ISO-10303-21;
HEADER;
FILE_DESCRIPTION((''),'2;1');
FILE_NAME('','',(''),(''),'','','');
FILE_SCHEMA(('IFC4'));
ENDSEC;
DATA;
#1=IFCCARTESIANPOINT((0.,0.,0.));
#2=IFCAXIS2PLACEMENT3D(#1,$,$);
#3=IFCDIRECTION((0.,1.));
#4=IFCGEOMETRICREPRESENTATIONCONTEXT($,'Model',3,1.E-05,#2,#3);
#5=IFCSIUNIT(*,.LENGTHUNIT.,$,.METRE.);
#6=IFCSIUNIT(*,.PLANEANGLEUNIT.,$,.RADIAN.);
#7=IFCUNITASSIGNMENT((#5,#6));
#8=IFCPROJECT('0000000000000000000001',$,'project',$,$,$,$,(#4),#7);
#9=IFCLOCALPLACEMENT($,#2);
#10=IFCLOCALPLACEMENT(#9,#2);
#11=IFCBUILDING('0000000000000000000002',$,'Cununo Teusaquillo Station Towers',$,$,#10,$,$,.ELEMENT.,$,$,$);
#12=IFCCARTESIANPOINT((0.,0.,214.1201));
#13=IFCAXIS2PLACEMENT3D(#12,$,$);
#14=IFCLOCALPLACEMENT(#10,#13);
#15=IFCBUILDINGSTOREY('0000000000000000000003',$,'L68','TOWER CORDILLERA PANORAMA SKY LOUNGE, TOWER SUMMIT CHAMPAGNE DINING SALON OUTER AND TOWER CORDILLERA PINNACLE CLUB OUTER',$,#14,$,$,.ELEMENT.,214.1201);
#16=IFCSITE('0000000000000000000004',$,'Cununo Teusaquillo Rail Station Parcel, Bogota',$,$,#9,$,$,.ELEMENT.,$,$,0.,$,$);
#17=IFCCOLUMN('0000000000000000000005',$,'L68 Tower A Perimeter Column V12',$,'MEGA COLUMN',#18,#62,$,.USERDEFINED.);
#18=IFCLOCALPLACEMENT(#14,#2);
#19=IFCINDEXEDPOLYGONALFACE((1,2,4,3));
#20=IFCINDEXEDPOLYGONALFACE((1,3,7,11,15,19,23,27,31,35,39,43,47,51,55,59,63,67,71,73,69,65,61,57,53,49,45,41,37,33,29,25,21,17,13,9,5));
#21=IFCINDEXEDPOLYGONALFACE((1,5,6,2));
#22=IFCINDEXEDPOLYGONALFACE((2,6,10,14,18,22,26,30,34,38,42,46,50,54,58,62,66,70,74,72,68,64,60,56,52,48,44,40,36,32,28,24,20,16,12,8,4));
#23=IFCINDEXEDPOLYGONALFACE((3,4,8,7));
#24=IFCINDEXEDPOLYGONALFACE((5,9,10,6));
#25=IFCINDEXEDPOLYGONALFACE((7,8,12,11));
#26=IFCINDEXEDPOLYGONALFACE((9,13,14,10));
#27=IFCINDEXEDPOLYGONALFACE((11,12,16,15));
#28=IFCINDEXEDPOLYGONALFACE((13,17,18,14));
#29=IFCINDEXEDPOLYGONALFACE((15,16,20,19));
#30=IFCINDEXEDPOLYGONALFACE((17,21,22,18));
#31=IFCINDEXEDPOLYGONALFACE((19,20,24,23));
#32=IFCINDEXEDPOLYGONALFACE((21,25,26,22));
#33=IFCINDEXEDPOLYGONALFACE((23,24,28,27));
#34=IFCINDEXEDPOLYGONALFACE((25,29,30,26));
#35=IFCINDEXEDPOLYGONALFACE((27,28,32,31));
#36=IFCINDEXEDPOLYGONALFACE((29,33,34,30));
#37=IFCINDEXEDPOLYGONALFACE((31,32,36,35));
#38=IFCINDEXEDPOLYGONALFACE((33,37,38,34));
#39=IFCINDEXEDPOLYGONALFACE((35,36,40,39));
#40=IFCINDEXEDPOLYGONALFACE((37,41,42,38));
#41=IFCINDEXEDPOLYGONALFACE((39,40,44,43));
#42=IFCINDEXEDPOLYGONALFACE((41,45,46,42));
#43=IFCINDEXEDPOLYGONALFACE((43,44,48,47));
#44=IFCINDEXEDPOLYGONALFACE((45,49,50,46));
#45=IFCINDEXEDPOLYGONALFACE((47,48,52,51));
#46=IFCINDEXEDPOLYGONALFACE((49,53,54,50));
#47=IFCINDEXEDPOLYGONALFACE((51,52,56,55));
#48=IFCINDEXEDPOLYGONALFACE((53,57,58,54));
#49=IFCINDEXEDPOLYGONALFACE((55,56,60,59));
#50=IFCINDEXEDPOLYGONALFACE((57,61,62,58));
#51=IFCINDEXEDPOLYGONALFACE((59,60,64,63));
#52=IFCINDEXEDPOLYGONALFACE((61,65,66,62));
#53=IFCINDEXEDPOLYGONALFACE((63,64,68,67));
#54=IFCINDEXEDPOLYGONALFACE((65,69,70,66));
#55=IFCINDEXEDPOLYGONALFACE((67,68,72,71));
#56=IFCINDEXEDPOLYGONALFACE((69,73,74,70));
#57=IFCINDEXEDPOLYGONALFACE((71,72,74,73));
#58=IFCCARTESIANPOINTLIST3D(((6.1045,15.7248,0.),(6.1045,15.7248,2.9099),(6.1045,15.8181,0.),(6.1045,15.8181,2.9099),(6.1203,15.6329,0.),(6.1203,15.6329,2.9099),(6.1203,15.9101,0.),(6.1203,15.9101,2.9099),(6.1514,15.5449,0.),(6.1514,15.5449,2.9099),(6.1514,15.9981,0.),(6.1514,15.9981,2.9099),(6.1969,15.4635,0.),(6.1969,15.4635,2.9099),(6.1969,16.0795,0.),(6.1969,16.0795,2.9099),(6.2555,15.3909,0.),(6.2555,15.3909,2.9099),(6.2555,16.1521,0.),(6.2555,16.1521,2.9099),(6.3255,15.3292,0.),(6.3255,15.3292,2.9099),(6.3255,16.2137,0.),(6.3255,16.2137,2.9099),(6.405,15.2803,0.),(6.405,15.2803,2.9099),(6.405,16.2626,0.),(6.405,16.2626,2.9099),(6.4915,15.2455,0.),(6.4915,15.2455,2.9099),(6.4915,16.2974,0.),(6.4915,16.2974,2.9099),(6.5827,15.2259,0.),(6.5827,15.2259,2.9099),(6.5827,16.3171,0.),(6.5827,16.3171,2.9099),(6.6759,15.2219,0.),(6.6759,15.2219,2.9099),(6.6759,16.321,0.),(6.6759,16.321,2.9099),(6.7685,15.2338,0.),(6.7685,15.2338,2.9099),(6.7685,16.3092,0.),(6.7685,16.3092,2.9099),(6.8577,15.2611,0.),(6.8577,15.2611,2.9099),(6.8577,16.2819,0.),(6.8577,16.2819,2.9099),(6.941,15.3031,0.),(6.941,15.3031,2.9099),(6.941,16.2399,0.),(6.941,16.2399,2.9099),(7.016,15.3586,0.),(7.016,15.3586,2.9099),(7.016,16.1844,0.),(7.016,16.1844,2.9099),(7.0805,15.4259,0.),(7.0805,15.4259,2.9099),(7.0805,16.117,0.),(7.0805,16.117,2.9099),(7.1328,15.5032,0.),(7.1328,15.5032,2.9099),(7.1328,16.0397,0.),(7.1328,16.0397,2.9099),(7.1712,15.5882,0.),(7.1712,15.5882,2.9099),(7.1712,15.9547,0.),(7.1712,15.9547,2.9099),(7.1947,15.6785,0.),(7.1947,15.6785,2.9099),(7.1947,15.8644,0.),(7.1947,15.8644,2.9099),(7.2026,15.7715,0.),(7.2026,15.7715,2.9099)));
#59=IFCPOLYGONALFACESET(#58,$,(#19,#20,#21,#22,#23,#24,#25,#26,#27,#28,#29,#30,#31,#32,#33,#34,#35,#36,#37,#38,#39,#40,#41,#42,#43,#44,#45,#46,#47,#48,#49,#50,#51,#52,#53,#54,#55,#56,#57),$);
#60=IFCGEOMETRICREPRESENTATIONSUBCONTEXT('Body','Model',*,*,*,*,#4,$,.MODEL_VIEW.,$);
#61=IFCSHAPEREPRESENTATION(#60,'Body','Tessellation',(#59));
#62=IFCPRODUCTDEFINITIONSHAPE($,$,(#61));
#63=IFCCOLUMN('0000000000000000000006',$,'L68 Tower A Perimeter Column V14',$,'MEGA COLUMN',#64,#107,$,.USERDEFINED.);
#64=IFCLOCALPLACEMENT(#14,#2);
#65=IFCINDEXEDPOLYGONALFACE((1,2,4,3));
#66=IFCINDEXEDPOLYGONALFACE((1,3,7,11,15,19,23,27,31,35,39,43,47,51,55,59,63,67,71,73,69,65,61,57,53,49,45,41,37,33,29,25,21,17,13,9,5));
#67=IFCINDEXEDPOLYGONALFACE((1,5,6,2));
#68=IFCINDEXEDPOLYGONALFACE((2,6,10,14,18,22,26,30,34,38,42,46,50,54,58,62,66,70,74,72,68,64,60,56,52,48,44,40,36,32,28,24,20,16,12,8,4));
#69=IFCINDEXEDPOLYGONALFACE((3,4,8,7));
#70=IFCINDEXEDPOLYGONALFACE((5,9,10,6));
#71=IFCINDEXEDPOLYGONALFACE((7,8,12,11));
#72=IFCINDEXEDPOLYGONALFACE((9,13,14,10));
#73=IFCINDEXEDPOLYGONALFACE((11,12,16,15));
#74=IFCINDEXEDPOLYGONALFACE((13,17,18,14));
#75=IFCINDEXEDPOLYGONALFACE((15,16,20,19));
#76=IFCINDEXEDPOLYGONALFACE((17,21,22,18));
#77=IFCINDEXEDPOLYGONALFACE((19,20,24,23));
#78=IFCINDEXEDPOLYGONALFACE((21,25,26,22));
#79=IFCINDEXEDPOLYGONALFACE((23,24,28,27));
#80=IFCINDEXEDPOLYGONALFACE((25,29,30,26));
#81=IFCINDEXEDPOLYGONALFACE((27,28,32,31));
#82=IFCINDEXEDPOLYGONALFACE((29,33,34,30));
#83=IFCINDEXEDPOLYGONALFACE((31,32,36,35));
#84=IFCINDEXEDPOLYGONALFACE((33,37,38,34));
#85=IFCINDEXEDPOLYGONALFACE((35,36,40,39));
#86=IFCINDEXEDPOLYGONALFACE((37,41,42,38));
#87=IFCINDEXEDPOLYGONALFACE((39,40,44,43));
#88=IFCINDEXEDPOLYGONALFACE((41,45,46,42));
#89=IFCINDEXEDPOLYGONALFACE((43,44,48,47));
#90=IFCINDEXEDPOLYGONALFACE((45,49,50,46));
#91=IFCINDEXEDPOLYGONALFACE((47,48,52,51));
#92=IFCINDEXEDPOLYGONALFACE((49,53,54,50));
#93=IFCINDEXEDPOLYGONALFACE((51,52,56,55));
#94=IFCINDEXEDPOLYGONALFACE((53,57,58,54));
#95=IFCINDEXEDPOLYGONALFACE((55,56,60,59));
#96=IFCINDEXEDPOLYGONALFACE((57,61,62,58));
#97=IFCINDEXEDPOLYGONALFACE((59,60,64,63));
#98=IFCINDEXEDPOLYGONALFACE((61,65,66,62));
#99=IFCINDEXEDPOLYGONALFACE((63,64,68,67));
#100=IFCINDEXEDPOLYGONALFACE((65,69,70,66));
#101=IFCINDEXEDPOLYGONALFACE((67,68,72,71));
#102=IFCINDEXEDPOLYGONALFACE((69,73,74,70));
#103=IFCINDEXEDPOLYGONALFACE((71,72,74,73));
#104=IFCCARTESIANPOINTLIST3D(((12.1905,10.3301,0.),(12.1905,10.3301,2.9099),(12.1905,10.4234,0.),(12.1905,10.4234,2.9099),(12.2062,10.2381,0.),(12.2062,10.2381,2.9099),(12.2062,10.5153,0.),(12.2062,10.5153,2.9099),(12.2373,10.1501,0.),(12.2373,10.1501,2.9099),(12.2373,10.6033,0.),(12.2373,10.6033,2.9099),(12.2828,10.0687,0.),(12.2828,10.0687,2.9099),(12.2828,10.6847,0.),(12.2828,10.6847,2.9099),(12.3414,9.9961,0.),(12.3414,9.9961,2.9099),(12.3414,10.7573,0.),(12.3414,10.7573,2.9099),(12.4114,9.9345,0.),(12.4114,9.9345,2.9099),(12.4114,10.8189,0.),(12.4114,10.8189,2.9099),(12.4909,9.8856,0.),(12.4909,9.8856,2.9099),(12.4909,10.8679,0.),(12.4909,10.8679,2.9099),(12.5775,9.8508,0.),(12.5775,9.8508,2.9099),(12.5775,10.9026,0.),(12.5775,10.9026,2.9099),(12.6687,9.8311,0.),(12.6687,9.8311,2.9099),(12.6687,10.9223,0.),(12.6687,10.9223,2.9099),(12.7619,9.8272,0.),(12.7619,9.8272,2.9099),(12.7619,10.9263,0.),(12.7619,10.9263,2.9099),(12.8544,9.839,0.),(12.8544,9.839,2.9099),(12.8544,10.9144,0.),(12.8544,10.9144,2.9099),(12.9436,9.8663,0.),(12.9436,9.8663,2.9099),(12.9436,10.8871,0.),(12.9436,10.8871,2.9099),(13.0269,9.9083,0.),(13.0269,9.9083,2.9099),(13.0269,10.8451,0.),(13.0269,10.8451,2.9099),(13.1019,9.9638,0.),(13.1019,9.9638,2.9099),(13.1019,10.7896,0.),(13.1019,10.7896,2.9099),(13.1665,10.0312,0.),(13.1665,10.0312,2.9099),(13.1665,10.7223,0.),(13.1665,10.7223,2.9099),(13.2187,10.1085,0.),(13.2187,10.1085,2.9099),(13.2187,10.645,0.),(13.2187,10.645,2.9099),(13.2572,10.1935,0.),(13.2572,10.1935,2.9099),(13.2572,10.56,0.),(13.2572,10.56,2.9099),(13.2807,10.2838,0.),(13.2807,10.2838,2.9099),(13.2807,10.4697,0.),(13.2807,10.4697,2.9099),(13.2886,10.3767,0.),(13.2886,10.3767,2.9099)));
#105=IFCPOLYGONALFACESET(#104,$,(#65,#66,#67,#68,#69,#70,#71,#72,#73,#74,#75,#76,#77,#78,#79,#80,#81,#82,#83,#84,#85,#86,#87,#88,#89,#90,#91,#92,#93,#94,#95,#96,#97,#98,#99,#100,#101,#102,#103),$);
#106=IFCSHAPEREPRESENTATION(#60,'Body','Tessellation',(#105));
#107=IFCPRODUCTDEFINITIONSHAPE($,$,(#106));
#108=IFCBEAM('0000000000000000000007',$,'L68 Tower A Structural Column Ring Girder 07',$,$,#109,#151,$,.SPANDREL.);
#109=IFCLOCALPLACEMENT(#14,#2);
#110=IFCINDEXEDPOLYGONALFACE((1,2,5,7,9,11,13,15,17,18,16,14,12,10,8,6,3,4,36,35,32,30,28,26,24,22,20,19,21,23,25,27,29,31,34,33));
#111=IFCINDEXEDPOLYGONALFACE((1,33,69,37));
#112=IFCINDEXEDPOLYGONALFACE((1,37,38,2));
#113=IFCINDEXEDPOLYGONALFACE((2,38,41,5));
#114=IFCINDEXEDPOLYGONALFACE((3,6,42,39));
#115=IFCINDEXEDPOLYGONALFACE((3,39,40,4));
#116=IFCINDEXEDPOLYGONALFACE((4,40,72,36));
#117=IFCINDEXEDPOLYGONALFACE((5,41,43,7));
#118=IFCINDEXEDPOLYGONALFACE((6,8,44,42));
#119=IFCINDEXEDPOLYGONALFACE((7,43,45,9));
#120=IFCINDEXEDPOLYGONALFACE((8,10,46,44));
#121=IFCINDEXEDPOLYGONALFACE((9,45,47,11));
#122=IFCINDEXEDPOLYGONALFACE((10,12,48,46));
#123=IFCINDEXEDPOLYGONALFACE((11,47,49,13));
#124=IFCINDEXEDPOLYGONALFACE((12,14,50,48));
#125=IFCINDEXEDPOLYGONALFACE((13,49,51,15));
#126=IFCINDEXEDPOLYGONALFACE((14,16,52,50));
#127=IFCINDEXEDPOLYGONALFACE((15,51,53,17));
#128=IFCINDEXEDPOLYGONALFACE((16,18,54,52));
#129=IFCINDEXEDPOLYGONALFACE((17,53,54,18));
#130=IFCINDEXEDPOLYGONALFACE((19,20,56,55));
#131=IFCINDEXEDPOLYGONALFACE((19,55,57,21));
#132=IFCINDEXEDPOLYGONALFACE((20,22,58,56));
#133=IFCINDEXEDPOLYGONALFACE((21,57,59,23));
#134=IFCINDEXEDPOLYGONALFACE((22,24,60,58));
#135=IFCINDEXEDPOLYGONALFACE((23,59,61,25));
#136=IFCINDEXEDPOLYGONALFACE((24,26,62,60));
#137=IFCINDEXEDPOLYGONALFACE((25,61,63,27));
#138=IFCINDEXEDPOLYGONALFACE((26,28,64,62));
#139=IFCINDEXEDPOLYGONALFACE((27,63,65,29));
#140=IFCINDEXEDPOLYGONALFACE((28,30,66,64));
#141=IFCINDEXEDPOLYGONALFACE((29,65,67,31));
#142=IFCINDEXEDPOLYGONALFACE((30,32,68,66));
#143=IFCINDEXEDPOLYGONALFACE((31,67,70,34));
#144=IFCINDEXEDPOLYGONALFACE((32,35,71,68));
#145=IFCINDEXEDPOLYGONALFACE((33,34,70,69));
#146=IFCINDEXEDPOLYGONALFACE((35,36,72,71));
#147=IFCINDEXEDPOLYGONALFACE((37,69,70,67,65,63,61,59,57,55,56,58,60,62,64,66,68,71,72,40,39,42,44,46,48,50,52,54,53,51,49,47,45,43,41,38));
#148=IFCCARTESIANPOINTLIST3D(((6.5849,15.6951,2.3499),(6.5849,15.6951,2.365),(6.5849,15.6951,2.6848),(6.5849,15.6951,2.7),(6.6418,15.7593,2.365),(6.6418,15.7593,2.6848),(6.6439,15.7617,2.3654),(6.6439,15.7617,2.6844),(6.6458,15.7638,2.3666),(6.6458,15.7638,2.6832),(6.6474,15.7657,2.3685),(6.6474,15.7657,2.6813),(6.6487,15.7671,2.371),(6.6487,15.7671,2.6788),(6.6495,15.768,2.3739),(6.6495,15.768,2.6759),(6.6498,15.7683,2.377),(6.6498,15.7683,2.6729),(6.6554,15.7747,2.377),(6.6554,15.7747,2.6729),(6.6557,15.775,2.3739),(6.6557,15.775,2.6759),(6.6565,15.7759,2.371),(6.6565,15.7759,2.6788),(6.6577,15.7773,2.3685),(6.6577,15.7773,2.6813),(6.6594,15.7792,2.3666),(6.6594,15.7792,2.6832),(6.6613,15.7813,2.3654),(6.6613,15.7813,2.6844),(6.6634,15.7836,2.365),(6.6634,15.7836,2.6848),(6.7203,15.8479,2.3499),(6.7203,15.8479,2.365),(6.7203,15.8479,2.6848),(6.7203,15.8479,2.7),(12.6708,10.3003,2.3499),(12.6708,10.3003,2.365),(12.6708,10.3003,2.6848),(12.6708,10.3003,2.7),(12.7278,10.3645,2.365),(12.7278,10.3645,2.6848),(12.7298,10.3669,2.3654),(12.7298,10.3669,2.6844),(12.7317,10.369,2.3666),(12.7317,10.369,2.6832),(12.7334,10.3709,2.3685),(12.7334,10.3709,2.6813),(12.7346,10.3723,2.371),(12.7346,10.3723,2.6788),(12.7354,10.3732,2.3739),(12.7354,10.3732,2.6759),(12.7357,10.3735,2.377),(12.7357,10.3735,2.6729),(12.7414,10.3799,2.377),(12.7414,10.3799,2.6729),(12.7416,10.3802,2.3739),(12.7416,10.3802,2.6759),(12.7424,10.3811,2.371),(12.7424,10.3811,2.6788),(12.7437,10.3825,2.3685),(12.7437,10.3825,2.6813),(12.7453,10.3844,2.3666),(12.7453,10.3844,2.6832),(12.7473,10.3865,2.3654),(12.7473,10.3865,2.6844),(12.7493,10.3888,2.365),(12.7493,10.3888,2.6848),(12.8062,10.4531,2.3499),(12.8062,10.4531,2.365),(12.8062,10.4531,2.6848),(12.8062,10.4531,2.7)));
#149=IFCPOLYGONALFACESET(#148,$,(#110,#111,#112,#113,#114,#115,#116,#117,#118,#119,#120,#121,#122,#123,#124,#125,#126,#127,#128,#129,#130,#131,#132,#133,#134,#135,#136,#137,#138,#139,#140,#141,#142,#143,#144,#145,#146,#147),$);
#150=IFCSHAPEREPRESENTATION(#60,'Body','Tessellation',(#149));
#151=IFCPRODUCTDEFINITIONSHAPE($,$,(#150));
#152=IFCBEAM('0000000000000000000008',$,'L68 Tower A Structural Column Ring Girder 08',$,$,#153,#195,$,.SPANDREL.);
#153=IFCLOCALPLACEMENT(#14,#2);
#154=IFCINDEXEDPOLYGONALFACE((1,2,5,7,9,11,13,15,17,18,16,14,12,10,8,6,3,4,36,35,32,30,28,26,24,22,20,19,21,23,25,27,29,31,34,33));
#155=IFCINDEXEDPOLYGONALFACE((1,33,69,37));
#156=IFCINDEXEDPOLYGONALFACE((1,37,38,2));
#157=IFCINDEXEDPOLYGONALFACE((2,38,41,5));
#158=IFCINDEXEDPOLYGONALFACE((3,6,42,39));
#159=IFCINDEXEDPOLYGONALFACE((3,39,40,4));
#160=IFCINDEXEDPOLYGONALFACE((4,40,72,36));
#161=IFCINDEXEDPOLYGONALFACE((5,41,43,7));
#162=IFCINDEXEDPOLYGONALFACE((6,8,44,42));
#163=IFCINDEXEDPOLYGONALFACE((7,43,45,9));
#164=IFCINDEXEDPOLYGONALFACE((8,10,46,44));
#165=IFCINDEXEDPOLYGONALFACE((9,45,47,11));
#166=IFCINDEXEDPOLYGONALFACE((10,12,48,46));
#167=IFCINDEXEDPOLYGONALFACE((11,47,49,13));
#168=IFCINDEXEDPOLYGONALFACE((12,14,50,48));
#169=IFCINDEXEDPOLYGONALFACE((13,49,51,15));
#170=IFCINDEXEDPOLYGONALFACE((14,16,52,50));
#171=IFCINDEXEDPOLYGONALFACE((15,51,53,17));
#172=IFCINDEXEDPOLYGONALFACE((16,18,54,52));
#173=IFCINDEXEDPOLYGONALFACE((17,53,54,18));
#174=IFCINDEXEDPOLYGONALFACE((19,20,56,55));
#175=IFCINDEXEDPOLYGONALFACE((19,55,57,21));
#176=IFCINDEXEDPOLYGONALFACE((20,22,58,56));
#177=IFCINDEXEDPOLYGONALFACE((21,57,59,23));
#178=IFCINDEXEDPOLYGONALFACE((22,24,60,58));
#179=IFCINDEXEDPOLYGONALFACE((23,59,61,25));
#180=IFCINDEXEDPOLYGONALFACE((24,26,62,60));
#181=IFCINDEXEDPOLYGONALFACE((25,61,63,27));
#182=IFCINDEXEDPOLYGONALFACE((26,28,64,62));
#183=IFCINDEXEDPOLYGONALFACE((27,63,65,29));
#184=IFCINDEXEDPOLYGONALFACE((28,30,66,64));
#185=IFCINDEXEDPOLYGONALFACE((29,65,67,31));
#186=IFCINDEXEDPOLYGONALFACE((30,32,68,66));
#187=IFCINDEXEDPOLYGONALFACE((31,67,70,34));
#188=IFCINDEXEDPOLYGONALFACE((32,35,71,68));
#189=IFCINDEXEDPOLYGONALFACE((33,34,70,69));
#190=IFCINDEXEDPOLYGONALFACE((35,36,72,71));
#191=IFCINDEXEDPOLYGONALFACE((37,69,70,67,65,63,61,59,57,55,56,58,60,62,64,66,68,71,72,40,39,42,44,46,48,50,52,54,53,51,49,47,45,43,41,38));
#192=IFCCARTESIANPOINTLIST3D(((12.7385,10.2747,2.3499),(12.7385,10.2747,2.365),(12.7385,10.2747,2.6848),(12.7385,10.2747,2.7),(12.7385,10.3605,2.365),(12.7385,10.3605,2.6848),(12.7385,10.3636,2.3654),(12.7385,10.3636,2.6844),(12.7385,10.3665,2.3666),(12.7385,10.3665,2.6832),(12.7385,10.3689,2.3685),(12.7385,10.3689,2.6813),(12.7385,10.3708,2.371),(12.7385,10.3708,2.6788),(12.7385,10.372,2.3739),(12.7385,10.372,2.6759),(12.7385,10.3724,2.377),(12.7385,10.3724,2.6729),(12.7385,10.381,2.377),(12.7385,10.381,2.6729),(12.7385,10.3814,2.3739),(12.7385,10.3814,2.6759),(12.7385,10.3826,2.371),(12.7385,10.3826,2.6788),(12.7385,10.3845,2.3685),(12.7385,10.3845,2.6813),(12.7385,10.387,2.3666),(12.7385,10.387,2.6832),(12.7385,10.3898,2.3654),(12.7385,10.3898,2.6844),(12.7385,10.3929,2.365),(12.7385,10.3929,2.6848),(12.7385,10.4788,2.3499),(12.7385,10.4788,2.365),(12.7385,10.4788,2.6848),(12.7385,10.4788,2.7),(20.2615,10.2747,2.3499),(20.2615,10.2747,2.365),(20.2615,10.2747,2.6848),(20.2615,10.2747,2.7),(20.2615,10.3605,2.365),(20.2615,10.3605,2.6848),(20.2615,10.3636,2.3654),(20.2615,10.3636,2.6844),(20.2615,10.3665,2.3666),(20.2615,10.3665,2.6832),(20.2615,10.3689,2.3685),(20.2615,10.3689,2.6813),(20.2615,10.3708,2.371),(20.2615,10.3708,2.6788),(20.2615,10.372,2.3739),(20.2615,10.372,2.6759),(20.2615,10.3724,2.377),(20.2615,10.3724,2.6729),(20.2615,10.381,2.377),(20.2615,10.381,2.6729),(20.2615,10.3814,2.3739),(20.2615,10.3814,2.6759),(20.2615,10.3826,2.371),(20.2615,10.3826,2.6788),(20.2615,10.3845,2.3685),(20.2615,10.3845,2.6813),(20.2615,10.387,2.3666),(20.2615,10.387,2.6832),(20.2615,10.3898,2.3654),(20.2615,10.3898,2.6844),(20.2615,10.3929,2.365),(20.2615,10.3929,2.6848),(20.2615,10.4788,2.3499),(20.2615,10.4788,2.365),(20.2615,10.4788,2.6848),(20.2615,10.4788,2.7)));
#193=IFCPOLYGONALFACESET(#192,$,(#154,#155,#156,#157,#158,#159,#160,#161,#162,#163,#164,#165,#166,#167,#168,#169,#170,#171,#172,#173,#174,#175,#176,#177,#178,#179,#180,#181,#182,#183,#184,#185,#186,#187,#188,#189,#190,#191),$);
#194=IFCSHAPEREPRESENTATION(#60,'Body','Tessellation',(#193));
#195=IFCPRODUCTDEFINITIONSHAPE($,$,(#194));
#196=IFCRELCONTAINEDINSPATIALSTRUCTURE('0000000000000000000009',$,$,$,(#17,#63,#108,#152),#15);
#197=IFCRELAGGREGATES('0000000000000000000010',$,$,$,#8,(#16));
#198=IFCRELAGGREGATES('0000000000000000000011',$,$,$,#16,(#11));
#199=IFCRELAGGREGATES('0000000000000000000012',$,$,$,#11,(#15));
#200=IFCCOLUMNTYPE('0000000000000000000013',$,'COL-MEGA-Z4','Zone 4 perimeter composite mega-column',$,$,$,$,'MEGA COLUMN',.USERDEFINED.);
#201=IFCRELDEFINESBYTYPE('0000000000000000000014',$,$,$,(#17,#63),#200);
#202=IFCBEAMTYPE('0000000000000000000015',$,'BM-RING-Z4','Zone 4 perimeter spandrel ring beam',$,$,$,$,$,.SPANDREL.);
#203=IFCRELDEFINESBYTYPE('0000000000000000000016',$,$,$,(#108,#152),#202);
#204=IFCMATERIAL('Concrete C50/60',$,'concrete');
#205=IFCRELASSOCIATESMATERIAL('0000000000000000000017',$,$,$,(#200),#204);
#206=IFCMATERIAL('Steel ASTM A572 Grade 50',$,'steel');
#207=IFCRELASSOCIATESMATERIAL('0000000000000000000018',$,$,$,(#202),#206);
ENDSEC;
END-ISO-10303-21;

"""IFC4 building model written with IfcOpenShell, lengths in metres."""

from ifc_helpers import new_model, si_unit, direction, frame, origin, origin_2d, place, context, subcontext, project, spatial, circle, i_section, extrude, material, material_profile, profile_set, type_object, element, save


model = new_model("IFC4")

# Units and contexts
model_context = context("Model", 3, precision=1e-05, world=origin(), true_north=direction((0.0, 1.0)))
body_context = subcontext(model_context, "Body", "Model", "MODEL_VIEW")
ifc_project = project(units=[si_unit("LENGTHUNIT", "METRE"), si_unit("PLANEANGLEUNIT", "RADIAN")], contexts=[model_context])

# Site, building, storey
site_placement = place(None, origin())
site = spatial("IfcSite", under=ifc_project, at=site_placement, Name="Cununo Teusaquillo Rail Station Parcel, Bogota", CompositionType="ELEMENT", RefElevation=0.0)
building_placement = place(site_placement, origin())
building = spatial("IfcBuilding", under=site, at=building_placement, Name="Cununo Teusaquillo Station Towers", CompositionType="ELEMENT")
storey_placement = place(building_placement, frame((0.0, 0.0, 214.1201)))
storey = spatial("IfcBuildingStorey", under=building, at=storey_placement, Name="L68", Description="TOWER CORDILLERA PANORAMA SKY LOUNGE, TOWER SUMMIT CHAMPAGNE DINING SALON OUTER AND TOWER CORDILLERA PINNACLE CLUB OUTER", CompositionType="ELEMENT", Elevation=214.1201)

# Columns
ifc_material_1 = material(Name="Concrete C50/60", Category="concrete")
ifc_material_profile_1 = material_profile(ifc_material_1, circle(Radius=0.55, at=origin_2d()), Name="RC-CIRC-1100")
ifc_profile_set_1 = profile_set([ifc_material_profile_1], Name="Concrete C50/60")
column_type = type_object("IfcColumnType", Name="COL-MEGA-Z4", Description="Zone 4 perimeter composite mega-column", ElementType="MEGA COLUMN", PredefinedType="USERDEFINED", material=ifc_profile_set_1)
for number, where, z_axis, x_axis, name in (
    (1, (6.6526, 15.7715, 0.0), (0.0, 0.0, 1.0), (1.0, 0.0, 0.0), "L68 Tower A Perimeter Column V12"),
    (2, (12.7385, 10.3767, 0.0), (0.0, 0.0, 1.0), (1.0, 0.0, 0.0), "L68 Tower A Perimeter Column V14"),
):
    element("IfcColumn", number, at=place(storey_placement, frame(where, z_axis=z_axis, x_axis=x_axis)), inside=storey, type_object=column_type, Name=name, ObjectType="MEGA COLUMN", PredefinedType="USERDEFINED", context=body_context, shape_type="SweptSolid", body=[
        extrude(circle(Radius=0.55, at=origin_2d()), origin(), (0.0, 0.0, 1.0), 2.9099),
    ])

# Beams
ifc_material_2 = material(Name="Steel ASTM A572 Grade 50", Category="steel")
ifc_material_profile_2 = material_profile(ifc_material_2, i_section(OverallWidth=0.2041, OverallDepth=0.3501, WebThickness=0.0085, FlangeThickness=0.0151, FilletRadius=0.012, at=origin_2d()), Name="W14X48")
ifc_profile_set_2 = profile_set([ifc_material_profile_2], Name="Steel ASTM A572 Grade 50")
beam_type = type_object("IfcBeamType", Name="BM-RING-Z4", Description="Zone 4 perimeter spandrel ring beam", PredefinedType="SPANDREL", material=ifc_profile_set_2)
beam_1_placement = place(storey_placement, frame((6.6526, 15.7715, 2.5249), z_axis=(0.748321, -0.663337, 0.0), x_axis=(0.663337, 0.748321, 0.0)))
element("IfcBeam", 3, at=beam_1_placement, inside=storey, type_object=beam_type, Name="L68 Tower A Structural Column Ring Girder 07", PredefinedType="SPANDREL", context=body_context, shape_type="SweptSolid", body=[
    extrude(i_section(OverallWidth=0.2041, OverallDepth=0.3501, WebThickness=0.0085, FlangeThickness=0.0151, FilletRadius=0.012, at=origin_2d()), origin(), (0.0, 0.0, 1.0), 8.1328),
])
beam_2_placement = place(storey_placement, frame((12.7385, 10.3767, 2.5249), z_axis=(1.0, 0.0, 0.0), x_axis=(0.0, 1.0, 0.0)))
element("IfcBeam", 4, at=beam_2_placement, inside=storey, type_object=beam_type, Name="L68 Tower A Structural Column Ring Girder 08", PredefinedType="SPANDREL", context=body_context, shape_type="SweptSolid", body=[
    extrude(i_section(OverallWidth=0.2041, OverallDepth=0.3501, WebThickness=0.0085, FlangeThickness=0.0151, FilletRadius=0.012, at=origin_2d()), origin(), (0.0, 0.0, 1.0), 7.5229),
])

save(model, "model.ifc")
